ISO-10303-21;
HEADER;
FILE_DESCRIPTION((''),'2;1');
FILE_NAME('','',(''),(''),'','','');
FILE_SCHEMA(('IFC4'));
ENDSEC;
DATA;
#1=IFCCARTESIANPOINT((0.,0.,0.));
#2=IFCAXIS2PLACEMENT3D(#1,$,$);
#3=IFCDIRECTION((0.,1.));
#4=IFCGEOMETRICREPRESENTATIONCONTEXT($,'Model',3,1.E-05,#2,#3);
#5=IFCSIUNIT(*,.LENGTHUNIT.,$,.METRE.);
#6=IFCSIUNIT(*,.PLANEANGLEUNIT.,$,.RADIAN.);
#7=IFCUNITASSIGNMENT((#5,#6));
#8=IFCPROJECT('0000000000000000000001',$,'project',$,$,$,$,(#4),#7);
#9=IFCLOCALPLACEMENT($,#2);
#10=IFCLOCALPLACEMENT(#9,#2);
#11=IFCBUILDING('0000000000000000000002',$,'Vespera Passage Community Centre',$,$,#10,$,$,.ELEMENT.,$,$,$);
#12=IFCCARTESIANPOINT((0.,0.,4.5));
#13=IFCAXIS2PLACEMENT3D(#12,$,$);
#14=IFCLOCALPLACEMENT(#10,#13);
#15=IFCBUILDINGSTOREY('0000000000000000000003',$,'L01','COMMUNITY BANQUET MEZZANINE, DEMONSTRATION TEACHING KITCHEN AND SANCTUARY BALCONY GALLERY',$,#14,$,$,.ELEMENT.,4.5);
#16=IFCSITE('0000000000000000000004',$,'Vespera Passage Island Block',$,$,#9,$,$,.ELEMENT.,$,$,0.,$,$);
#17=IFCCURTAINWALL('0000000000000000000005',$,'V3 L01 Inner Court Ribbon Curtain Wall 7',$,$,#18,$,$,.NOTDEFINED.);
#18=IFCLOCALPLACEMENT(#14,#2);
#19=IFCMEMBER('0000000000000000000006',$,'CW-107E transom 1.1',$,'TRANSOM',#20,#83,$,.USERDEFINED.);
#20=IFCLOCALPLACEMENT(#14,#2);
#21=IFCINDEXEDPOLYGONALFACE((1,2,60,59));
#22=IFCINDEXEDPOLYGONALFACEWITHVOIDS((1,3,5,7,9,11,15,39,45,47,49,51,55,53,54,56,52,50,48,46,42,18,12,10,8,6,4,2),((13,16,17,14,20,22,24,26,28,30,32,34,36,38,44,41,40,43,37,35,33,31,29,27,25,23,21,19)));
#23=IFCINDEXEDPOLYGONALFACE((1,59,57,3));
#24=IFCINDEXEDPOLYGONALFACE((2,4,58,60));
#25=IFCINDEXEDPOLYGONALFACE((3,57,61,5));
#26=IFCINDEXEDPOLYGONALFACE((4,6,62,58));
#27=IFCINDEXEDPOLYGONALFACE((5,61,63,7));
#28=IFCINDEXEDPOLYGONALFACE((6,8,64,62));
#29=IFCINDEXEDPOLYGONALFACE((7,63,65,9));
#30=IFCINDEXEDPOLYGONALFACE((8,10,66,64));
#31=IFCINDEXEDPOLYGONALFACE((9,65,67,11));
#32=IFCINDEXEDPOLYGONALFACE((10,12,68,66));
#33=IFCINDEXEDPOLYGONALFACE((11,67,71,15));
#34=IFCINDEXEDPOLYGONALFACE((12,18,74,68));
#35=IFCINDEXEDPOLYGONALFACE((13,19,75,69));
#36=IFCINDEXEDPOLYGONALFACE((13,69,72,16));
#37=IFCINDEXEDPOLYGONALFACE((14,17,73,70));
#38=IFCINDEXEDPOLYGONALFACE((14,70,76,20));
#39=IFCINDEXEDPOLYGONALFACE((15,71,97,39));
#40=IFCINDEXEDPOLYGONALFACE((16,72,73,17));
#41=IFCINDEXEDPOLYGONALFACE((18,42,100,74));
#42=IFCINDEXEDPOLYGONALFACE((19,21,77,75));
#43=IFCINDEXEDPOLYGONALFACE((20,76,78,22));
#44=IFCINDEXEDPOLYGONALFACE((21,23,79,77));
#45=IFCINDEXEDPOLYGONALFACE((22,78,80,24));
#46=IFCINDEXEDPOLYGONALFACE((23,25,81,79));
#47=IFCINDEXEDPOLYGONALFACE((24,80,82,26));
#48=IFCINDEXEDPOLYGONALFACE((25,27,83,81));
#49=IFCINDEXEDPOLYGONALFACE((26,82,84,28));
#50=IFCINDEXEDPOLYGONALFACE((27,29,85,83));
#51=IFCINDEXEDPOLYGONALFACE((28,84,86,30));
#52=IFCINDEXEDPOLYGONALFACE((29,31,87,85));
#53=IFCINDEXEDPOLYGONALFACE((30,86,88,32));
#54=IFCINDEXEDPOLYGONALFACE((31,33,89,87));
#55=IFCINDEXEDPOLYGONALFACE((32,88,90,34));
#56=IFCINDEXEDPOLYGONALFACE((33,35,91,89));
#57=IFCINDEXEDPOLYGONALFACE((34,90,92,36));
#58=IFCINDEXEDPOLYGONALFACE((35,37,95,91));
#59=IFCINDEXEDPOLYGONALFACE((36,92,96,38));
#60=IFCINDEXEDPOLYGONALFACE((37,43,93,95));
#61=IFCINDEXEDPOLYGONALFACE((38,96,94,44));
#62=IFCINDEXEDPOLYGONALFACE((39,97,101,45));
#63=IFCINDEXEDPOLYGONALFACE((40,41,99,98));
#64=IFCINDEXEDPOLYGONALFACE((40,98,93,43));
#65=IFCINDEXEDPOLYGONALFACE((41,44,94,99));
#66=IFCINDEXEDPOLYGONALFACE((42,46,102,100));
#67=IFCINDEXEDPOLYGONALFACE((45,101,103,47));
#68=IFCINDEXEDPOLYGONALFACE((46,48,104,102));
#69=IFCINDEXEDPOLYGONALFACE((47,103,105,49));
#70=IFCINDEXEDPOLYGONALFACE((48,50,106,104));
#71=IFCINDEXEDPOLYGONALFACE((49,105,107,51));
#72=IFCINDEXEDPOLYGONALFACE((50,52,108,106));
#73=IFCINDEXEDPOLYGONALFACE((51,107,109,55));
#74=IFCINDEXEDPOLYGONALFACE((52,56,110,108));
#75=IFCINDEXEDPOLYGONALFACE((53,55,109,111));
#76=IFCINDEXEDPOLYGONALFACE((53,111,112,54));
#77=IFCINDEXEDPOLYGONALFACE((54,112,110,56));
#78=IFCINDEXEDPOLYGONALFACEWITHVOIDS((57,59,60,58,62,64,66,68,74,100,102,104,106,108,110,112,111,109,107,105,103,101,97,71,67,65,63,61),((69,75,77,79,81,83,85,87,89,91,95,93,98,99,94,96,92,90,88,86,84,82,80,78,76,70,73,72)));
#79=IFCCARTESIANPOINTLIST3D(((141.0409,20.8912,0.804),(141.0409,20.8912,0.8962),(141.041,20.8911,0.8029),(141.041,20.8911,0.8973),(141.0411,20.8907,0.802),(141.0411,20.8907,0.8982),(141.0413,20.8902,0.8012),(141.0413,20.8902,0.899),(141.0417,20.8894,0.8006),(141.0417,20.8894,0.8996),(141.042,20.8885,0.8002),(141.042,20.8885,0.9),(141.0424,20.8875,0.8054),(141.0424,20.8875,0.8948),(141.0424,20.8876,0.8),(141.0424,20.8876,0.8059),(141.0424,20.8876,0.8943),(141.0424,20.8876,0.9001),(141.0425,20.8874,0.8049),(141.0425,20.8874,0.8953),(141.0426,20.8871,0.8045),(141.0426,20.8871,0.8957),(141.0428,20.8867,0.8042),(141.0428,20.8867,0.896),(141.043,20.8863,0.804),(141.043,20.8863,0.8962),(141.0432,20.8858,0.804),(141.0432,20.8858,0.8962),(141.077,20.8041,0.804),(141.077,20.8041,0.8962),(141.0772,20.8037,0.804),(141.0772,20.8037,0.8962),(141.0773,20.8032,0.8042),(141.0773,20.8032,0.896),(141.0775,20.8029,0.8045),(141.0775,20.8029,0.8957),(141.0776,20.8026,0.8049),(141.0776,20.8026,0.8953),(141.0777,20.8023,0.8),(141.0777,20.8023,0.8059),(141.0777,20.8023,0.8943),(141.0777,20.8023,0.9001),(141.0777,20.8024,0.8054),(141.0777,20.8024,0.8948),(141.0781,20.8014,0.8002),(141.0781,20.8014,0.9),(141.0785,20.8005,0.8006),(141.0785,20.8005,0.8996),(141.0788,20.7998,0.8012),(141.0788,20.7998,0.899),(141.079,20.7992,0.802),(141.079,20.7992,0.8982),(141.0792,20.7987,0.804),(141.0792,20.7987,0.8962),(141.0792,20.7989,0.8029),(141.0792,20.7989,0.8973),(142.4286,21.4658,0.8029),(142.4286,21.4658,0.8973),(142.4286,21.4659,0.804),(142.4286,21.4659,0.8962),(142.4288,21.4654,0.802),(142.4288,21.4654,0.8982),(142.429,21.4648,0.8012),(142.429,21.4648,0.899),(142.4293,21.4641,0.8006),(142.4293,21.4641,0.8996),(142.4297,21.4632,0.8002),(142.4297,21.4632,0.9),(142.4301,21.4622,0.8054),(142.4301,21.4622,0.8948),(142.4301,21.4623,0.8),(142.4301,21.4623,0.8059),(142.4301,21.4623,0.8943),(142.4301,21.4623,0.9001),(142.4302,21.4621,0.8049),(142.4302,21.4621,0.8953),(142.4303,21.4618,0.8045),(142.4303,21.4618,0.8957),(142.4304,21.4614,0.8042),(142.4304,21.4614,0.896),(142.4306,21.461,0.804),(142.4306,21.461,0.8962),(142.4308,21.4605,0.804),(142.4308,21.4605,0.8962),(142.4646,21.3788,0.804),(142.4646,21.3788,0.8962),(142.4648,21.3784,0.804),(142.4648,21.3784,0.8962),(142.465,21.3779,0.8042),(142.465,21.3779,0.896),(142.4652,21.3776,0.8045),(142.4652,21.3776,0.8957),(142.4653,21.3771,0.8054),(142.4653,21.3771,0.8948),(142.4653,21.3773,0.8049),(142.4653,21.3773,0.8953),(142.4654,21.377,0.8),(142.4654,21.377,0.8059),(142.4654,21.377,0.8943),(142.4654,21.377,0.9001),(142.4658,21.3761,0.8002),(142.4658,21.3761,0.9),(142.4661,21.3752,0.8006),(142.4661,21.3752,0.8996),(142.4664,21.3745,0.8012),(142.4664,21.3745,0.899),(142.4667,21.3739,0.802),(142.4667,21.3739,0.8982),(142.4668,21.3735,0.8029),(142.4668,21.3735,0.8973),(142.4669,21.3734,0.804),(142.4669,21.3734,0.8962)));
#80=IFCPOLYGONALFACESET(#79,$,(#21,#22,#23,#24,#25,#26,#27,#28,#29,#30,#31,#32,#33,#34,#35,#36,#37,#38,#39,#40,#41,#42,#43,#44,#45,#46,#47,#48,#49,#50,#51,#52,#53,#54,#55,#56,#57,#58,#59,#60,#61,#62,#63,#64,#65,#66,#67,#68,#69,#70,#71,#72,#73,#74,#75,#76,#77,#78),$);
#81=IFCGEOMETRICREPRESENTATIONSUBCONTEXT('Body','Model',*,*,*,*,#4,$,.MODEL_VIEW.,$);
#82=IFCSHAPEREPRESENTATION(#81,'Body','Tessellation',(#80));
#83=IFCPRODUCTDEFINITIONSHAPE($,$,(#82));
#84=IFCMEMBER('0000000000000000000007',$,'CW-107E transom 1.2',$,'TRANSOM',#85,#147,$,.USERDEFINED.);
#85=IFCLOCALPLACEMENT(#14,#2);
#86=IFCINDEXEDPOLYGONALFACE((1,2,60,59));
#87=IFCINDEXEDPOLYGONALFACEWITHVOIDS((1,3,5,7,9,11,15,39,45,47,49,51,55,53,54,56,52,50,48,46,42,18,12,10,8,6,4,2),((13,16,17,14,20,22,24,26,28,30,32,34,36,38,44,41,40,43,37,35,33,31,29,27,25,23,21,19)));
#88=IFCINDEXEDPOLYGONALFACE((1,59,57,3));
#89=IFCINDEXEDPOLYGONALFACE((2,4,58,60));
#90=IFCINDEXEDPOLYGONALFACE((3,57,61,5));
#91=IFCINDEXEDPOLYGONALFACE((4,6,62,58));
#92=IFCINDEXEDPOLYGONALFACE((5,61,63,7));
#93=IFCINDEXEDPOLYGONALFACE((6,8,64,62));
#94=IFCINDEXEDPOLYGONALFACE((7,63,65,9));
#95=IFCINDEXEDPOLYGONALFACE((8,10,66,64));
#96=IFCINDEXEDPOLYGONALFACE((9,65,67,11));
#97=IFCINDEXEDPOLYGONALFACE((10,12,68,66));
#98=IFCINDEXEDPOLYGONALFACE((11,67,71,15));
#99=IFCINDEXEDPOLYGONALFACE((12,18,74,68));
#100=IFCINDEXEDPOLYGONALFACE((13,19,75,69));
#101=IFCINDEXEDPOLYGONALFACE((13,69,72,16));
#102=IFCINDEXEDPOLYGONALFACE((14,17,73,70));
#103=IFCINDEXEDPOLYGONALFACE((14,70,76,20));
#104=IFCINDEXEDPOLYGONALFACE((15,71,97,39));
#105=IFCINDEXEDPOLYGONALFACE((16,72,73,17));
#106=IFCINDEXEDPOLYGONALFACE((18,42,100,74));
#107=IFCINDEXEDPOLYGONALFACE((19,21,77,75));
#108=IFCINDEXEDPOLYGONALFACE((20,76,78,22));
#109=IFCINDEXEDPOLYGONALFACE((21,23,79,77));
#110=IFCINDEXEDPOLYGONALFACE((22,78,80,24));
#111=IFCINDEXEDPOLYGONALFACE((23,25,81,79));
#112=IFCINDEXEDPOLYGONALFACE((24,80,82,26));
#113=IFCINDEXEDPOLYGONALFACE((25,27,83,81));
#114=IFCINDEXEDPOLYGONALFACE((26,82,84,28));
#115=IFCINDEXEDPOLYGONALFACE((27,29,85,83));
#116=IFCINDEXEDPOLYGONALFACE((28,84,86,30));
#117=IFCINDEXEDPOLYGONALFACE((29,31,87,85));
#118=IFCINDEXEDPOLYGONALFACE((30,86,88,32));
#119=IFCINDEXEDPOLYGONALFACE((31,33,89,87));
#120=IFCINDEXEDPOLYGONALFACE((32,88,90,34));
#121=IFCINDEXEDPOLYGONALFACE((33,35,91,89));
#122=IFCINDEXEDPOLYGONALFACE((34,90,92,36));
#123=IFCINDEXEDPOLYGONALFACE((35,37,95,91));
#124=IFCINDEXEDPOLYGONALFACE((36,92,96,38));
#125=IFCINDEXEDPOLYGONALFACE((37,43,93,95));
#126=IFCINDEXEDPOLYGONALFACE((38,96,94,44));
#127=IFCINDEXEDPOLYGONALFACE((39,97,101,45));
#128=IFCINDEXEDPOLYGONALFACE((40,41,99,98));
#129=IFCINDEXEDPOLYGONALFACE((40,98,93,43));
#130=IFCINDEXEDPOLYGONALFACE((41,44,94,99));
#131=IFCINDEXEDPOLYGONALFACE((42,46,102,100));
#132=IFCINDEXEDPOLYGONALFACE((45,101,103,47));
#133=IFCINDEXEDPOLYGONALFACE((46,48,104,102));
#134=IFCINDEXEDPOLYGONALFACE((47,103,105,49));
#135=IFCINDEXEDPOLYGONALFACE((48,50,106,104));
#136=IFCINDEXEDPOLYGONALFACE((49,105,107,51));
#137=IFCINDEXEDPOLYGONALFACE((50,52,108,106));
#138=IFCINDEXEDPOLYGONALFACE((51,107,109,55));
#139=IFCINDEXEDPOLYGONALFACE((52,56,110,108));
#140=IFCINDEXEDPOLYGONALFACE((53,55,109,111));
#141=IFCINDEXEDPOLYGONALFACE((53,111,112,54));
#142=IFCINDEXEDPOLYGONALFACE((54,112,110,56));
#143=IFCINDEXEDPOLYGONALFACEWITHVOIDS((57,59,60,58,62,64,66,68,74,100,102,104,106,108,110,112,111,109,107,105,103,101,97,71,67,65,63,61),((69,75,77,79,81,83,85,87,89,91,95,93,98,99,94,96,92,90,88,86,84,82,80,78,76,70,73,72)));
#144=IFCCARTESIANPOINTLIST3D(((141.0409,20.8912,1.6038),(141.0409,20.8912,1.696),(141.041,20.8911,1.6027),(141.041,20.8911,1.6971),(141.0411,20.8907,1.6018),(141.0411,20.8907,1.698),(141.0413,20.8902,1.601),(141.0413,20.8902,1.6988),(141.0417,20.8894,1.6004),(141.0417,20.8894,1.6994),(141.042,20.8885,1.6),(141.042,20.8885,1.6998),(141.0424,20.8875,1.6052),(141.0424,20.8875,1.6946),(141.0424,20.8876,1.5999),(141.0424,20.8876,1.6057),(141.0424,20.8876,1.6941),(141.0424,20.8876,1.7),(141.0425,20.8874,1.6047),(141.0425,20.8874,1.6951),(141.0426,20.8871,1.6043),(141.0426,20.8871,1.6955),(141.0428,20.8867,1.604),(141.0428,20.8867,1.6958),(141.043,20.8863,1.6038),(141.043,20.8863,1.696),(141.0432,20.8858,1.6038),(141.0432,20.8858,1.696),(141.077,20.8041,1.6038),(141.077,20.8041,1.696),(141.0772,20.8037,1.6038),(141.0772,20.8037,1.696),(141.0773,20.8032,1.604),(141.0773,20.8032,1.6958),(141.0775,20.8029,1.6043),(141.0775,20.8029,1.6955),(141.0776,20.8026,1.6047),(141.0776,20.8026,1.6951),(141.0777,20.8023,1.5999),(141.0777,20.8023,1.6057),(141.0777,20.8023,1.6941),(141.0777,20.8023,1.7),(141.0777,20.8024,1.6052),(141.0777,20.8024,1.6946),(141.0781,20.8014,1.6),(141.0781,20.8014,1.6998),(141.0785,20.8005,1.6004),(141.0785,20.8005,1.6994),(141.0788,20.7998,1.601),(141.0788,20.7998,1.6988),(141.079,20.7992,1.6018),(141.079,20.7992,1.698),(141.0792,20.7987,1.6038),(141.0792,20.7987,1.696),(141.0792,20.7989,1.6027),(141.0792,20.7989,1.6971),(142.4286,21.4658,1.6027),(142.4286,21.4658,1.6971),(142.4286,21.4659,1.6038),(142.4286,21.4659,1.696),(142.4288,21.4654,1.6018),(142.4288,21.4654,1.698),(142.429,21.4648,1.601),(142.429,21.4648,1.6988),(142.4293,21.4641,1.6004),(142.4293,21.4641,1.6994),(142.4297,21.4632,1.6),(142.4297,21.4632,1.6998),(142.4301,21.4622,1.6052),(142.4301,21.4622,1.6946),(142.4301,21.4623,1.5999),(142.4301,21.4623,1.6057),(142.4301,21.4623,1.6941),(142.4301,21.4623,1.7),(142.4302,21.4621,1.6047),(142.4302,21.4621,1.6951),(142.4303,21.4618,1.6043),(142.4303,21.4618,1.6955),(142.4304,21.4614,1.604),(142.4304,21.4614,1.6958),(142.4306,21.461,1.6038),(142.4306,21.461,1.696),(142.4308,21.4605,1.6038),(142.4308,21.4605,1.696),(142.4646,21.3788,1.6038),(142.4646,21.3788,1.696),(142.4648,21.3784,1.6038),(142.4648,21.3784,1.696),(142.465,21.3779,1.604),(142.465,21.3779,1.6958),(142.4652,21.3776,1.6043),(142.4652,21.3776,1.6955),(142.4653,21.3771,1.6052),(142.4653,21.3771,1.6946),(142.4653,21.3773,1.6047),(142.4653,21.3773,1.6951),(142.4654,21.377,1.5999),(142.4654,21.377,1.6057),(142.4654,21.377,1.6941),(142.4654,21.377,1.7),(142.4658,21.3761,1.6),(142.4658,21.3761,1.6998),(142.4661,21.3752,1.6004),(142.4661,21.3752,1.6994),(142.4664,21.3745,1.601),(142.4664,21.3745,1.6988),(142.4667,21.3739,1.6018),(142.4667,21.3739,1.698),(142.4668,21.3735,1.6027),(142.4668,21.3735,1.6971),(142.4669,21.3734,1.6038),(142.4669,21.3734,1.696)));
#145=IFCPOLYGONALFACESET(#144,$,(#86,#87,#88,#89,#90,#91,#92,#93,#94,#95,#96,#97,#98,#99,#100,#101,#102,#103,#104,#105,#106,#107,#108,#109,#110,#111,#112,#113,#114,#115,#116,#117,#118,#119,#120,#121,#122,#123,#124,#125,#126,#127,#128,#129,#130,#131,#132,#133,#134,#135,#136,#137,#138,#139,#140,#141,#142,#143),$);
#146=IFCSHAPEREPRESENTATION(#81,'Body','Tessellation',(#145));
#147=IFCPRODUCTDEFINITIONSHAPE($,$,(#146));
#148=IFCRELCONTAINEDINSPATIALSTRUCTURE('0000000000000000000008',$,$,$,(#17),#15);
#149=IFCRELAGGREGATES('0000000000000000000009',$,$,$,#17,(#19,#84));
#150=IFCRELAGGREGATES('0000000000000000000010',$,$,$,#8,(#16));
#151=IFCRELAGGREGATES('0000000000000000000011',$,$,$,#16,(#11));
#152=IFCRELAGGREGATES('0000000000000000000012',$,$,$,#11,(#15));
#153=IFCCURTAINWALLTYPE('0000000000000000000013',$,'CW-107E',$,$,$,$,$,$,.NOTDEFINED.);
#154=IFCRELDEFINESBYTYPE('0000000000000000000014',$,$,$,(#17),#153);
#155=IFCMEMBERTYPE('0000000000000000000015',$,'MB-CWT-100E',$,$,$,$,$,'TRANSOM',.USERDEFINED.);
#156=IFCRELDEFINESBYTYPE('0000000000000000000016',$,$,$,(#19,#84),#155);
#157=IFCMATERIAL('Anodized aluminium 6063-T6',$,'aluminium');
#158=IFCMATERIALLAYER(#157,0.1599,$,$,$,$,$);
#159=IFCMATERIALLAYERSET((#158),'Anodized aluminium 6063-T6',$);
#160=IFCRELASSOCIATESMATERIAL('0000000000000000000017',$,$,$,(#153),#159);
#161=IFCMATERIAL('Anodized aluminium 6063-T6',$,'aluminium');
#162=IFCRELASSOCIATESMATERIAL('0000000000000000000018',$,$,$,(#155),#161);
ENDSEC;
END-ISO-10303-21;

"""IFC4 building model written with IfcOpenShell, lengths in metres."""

from ifc_helpers import new_model, si_unit, direction, frame, origin, origin_2d, place, context, subcontext, project, spatial, hollow_rectangle, extrude, material, layer, layer_set, material_profile, profile_set, type_object, element, aggregate, save


model = new_model("IFC4")

# Units and contexts
model_context = context("Model", 3, precision=1e-05, world=origin(), true_north=direction((0.0, 1.0)))
body_context = subcontext(model_context, "Body", "Model", "MODEL_VIEW")
ifc_project = project(units=[si_unit("LENGTHUNIT", "METRE"), si_unit("PLANEANGLEUNIT", "RADIAN")], contexts=[model_context])

# Site, building, storey
site_placement = place(None, origin())
site = spatial("IfcSite", under=ifc_project, at=site_placement, Name="Vespera Passage Island Block", CompositionType="ELEMENT", RefElevation=0.0)
building_placement = place(site_placement, origin())
building = spatial("IfcBuilding", under=site, at=building_placement, Name="Vespera Passage Community Centre", CompositionType="ELEMENT")
storey_placement = place(building_placement, frame((0.0, 0.0, 4.5)))
storey = spatial("IfcBuildingStorey", under=building, at=storey_placement, Name="L01", Description="COMMUNITY BANQUET MEZZANINE, DEMONSTRATION TEACHING KITCHEN AND SANCTUARY BALCONY GALLERY", CompositionType="ELEMENT", Elevation=4.5)

# Shared definitions
ifc_material_1 = material(Name="Anodized aluminium 6063-T6", Category="aluminium")
ifc_layer_1 = layer(ifc_material_1, 0.1599)
ifc_layer_set_1 = layer_set([ifc_layer_1], Name="Anodized aluminium 6063-T6")
curtain_wall_type = type_object("IfcCurtainWallType", Name="CW-107E", PredefinedType="NOTDEFINED", material=ifc_layer_set_1)

# Curtain wall
curtain_wall_1_placement = place(storey_placement, origin())
curtain_wall_1 = element("IfcCurtainWall", 1, at=curtain_wall_1_placement, inside=storey, type_object=curtain_wall_type, Name="V3 L01 Inner Court Ribbon Curtain Wall 7", PredefinedType="NOTDEFINED")

# Members
ifc_material_2 = material(Name="Anodized aluminium 6063-T6", Category="aluminium")
ifc_material_profile_1 = material_profile(ifc_material_2, hollow_rectangle(XDim=0.1001, YDim=0.1001, WallThickness=0.0039, InnerFilletRadius=0.002, OuterFilletRadius=0.0039, at=origin_2d()), Name="ALU100X100X4")
ifc_profile_set_1 = profile_set([ifc_material_profile_1], Name="Anodized aluminium 6063-T6")
member_type_1 = type_object("IfcMemberType", Name="MB-CWT-100E", ElementType="TRANSOM", PredefinedType="USERDEFINED", material=ifc_profile_set_1)
member_1_placement = place(storey_placement, frame((141.0601, 20.845, 0.8501), z_axis=(0.923902, 0.382629, 0.0), x_axis=(-0.382629, 0.923902, 0.0)))
member_1 = element("IfcMember", 2, at=member_1_placement, type_object=member_type_1, Name="CW-107E transom 1.1", ObjectType="TRANSOM", PredefinedType="USERDEFINED", context=body_context, shape_type="SweptSolid", body=[
    extrude(hollow_rectangle(XDim=0.1001, YDim=0.1001, WallThickness=0.0039, InnerFilletRadius=0.002, OuterFilletRadius=0.0039, at=origin_2d()), origin(), (0.0, 0.0, 1.0), 1.502),
])
member_2_placement = place(storey_placement, frame((141.0601, 20.845, 1.6499), z_axis=(0.923902, 0.382629, 0.0), x_axis=(-0.382629, 0.923902, 0.0)))
member_2 = element("IfcMember", 3, at=member_2_placement, type_object=member_type_1, Name="CW-107E transom 1.2", ObjectType="TRANSOM", PredefinedType="USERDEFINED", context=body_context, shape_type="SweptSolid", body=[
    extrude(hollow_rectangle(XDim=0.1001, YDim=0.1001, WallThickness=0.0039, InnerFilletRadius=0.002, OuterFilletRadius=0.0039, at=origin_2d()), origin(), (0.0, 0.0, 1.0), 1.502),
])

aggregate(curtain_wall_1, [member_1, member_2])

save(model, "model.ifc")
